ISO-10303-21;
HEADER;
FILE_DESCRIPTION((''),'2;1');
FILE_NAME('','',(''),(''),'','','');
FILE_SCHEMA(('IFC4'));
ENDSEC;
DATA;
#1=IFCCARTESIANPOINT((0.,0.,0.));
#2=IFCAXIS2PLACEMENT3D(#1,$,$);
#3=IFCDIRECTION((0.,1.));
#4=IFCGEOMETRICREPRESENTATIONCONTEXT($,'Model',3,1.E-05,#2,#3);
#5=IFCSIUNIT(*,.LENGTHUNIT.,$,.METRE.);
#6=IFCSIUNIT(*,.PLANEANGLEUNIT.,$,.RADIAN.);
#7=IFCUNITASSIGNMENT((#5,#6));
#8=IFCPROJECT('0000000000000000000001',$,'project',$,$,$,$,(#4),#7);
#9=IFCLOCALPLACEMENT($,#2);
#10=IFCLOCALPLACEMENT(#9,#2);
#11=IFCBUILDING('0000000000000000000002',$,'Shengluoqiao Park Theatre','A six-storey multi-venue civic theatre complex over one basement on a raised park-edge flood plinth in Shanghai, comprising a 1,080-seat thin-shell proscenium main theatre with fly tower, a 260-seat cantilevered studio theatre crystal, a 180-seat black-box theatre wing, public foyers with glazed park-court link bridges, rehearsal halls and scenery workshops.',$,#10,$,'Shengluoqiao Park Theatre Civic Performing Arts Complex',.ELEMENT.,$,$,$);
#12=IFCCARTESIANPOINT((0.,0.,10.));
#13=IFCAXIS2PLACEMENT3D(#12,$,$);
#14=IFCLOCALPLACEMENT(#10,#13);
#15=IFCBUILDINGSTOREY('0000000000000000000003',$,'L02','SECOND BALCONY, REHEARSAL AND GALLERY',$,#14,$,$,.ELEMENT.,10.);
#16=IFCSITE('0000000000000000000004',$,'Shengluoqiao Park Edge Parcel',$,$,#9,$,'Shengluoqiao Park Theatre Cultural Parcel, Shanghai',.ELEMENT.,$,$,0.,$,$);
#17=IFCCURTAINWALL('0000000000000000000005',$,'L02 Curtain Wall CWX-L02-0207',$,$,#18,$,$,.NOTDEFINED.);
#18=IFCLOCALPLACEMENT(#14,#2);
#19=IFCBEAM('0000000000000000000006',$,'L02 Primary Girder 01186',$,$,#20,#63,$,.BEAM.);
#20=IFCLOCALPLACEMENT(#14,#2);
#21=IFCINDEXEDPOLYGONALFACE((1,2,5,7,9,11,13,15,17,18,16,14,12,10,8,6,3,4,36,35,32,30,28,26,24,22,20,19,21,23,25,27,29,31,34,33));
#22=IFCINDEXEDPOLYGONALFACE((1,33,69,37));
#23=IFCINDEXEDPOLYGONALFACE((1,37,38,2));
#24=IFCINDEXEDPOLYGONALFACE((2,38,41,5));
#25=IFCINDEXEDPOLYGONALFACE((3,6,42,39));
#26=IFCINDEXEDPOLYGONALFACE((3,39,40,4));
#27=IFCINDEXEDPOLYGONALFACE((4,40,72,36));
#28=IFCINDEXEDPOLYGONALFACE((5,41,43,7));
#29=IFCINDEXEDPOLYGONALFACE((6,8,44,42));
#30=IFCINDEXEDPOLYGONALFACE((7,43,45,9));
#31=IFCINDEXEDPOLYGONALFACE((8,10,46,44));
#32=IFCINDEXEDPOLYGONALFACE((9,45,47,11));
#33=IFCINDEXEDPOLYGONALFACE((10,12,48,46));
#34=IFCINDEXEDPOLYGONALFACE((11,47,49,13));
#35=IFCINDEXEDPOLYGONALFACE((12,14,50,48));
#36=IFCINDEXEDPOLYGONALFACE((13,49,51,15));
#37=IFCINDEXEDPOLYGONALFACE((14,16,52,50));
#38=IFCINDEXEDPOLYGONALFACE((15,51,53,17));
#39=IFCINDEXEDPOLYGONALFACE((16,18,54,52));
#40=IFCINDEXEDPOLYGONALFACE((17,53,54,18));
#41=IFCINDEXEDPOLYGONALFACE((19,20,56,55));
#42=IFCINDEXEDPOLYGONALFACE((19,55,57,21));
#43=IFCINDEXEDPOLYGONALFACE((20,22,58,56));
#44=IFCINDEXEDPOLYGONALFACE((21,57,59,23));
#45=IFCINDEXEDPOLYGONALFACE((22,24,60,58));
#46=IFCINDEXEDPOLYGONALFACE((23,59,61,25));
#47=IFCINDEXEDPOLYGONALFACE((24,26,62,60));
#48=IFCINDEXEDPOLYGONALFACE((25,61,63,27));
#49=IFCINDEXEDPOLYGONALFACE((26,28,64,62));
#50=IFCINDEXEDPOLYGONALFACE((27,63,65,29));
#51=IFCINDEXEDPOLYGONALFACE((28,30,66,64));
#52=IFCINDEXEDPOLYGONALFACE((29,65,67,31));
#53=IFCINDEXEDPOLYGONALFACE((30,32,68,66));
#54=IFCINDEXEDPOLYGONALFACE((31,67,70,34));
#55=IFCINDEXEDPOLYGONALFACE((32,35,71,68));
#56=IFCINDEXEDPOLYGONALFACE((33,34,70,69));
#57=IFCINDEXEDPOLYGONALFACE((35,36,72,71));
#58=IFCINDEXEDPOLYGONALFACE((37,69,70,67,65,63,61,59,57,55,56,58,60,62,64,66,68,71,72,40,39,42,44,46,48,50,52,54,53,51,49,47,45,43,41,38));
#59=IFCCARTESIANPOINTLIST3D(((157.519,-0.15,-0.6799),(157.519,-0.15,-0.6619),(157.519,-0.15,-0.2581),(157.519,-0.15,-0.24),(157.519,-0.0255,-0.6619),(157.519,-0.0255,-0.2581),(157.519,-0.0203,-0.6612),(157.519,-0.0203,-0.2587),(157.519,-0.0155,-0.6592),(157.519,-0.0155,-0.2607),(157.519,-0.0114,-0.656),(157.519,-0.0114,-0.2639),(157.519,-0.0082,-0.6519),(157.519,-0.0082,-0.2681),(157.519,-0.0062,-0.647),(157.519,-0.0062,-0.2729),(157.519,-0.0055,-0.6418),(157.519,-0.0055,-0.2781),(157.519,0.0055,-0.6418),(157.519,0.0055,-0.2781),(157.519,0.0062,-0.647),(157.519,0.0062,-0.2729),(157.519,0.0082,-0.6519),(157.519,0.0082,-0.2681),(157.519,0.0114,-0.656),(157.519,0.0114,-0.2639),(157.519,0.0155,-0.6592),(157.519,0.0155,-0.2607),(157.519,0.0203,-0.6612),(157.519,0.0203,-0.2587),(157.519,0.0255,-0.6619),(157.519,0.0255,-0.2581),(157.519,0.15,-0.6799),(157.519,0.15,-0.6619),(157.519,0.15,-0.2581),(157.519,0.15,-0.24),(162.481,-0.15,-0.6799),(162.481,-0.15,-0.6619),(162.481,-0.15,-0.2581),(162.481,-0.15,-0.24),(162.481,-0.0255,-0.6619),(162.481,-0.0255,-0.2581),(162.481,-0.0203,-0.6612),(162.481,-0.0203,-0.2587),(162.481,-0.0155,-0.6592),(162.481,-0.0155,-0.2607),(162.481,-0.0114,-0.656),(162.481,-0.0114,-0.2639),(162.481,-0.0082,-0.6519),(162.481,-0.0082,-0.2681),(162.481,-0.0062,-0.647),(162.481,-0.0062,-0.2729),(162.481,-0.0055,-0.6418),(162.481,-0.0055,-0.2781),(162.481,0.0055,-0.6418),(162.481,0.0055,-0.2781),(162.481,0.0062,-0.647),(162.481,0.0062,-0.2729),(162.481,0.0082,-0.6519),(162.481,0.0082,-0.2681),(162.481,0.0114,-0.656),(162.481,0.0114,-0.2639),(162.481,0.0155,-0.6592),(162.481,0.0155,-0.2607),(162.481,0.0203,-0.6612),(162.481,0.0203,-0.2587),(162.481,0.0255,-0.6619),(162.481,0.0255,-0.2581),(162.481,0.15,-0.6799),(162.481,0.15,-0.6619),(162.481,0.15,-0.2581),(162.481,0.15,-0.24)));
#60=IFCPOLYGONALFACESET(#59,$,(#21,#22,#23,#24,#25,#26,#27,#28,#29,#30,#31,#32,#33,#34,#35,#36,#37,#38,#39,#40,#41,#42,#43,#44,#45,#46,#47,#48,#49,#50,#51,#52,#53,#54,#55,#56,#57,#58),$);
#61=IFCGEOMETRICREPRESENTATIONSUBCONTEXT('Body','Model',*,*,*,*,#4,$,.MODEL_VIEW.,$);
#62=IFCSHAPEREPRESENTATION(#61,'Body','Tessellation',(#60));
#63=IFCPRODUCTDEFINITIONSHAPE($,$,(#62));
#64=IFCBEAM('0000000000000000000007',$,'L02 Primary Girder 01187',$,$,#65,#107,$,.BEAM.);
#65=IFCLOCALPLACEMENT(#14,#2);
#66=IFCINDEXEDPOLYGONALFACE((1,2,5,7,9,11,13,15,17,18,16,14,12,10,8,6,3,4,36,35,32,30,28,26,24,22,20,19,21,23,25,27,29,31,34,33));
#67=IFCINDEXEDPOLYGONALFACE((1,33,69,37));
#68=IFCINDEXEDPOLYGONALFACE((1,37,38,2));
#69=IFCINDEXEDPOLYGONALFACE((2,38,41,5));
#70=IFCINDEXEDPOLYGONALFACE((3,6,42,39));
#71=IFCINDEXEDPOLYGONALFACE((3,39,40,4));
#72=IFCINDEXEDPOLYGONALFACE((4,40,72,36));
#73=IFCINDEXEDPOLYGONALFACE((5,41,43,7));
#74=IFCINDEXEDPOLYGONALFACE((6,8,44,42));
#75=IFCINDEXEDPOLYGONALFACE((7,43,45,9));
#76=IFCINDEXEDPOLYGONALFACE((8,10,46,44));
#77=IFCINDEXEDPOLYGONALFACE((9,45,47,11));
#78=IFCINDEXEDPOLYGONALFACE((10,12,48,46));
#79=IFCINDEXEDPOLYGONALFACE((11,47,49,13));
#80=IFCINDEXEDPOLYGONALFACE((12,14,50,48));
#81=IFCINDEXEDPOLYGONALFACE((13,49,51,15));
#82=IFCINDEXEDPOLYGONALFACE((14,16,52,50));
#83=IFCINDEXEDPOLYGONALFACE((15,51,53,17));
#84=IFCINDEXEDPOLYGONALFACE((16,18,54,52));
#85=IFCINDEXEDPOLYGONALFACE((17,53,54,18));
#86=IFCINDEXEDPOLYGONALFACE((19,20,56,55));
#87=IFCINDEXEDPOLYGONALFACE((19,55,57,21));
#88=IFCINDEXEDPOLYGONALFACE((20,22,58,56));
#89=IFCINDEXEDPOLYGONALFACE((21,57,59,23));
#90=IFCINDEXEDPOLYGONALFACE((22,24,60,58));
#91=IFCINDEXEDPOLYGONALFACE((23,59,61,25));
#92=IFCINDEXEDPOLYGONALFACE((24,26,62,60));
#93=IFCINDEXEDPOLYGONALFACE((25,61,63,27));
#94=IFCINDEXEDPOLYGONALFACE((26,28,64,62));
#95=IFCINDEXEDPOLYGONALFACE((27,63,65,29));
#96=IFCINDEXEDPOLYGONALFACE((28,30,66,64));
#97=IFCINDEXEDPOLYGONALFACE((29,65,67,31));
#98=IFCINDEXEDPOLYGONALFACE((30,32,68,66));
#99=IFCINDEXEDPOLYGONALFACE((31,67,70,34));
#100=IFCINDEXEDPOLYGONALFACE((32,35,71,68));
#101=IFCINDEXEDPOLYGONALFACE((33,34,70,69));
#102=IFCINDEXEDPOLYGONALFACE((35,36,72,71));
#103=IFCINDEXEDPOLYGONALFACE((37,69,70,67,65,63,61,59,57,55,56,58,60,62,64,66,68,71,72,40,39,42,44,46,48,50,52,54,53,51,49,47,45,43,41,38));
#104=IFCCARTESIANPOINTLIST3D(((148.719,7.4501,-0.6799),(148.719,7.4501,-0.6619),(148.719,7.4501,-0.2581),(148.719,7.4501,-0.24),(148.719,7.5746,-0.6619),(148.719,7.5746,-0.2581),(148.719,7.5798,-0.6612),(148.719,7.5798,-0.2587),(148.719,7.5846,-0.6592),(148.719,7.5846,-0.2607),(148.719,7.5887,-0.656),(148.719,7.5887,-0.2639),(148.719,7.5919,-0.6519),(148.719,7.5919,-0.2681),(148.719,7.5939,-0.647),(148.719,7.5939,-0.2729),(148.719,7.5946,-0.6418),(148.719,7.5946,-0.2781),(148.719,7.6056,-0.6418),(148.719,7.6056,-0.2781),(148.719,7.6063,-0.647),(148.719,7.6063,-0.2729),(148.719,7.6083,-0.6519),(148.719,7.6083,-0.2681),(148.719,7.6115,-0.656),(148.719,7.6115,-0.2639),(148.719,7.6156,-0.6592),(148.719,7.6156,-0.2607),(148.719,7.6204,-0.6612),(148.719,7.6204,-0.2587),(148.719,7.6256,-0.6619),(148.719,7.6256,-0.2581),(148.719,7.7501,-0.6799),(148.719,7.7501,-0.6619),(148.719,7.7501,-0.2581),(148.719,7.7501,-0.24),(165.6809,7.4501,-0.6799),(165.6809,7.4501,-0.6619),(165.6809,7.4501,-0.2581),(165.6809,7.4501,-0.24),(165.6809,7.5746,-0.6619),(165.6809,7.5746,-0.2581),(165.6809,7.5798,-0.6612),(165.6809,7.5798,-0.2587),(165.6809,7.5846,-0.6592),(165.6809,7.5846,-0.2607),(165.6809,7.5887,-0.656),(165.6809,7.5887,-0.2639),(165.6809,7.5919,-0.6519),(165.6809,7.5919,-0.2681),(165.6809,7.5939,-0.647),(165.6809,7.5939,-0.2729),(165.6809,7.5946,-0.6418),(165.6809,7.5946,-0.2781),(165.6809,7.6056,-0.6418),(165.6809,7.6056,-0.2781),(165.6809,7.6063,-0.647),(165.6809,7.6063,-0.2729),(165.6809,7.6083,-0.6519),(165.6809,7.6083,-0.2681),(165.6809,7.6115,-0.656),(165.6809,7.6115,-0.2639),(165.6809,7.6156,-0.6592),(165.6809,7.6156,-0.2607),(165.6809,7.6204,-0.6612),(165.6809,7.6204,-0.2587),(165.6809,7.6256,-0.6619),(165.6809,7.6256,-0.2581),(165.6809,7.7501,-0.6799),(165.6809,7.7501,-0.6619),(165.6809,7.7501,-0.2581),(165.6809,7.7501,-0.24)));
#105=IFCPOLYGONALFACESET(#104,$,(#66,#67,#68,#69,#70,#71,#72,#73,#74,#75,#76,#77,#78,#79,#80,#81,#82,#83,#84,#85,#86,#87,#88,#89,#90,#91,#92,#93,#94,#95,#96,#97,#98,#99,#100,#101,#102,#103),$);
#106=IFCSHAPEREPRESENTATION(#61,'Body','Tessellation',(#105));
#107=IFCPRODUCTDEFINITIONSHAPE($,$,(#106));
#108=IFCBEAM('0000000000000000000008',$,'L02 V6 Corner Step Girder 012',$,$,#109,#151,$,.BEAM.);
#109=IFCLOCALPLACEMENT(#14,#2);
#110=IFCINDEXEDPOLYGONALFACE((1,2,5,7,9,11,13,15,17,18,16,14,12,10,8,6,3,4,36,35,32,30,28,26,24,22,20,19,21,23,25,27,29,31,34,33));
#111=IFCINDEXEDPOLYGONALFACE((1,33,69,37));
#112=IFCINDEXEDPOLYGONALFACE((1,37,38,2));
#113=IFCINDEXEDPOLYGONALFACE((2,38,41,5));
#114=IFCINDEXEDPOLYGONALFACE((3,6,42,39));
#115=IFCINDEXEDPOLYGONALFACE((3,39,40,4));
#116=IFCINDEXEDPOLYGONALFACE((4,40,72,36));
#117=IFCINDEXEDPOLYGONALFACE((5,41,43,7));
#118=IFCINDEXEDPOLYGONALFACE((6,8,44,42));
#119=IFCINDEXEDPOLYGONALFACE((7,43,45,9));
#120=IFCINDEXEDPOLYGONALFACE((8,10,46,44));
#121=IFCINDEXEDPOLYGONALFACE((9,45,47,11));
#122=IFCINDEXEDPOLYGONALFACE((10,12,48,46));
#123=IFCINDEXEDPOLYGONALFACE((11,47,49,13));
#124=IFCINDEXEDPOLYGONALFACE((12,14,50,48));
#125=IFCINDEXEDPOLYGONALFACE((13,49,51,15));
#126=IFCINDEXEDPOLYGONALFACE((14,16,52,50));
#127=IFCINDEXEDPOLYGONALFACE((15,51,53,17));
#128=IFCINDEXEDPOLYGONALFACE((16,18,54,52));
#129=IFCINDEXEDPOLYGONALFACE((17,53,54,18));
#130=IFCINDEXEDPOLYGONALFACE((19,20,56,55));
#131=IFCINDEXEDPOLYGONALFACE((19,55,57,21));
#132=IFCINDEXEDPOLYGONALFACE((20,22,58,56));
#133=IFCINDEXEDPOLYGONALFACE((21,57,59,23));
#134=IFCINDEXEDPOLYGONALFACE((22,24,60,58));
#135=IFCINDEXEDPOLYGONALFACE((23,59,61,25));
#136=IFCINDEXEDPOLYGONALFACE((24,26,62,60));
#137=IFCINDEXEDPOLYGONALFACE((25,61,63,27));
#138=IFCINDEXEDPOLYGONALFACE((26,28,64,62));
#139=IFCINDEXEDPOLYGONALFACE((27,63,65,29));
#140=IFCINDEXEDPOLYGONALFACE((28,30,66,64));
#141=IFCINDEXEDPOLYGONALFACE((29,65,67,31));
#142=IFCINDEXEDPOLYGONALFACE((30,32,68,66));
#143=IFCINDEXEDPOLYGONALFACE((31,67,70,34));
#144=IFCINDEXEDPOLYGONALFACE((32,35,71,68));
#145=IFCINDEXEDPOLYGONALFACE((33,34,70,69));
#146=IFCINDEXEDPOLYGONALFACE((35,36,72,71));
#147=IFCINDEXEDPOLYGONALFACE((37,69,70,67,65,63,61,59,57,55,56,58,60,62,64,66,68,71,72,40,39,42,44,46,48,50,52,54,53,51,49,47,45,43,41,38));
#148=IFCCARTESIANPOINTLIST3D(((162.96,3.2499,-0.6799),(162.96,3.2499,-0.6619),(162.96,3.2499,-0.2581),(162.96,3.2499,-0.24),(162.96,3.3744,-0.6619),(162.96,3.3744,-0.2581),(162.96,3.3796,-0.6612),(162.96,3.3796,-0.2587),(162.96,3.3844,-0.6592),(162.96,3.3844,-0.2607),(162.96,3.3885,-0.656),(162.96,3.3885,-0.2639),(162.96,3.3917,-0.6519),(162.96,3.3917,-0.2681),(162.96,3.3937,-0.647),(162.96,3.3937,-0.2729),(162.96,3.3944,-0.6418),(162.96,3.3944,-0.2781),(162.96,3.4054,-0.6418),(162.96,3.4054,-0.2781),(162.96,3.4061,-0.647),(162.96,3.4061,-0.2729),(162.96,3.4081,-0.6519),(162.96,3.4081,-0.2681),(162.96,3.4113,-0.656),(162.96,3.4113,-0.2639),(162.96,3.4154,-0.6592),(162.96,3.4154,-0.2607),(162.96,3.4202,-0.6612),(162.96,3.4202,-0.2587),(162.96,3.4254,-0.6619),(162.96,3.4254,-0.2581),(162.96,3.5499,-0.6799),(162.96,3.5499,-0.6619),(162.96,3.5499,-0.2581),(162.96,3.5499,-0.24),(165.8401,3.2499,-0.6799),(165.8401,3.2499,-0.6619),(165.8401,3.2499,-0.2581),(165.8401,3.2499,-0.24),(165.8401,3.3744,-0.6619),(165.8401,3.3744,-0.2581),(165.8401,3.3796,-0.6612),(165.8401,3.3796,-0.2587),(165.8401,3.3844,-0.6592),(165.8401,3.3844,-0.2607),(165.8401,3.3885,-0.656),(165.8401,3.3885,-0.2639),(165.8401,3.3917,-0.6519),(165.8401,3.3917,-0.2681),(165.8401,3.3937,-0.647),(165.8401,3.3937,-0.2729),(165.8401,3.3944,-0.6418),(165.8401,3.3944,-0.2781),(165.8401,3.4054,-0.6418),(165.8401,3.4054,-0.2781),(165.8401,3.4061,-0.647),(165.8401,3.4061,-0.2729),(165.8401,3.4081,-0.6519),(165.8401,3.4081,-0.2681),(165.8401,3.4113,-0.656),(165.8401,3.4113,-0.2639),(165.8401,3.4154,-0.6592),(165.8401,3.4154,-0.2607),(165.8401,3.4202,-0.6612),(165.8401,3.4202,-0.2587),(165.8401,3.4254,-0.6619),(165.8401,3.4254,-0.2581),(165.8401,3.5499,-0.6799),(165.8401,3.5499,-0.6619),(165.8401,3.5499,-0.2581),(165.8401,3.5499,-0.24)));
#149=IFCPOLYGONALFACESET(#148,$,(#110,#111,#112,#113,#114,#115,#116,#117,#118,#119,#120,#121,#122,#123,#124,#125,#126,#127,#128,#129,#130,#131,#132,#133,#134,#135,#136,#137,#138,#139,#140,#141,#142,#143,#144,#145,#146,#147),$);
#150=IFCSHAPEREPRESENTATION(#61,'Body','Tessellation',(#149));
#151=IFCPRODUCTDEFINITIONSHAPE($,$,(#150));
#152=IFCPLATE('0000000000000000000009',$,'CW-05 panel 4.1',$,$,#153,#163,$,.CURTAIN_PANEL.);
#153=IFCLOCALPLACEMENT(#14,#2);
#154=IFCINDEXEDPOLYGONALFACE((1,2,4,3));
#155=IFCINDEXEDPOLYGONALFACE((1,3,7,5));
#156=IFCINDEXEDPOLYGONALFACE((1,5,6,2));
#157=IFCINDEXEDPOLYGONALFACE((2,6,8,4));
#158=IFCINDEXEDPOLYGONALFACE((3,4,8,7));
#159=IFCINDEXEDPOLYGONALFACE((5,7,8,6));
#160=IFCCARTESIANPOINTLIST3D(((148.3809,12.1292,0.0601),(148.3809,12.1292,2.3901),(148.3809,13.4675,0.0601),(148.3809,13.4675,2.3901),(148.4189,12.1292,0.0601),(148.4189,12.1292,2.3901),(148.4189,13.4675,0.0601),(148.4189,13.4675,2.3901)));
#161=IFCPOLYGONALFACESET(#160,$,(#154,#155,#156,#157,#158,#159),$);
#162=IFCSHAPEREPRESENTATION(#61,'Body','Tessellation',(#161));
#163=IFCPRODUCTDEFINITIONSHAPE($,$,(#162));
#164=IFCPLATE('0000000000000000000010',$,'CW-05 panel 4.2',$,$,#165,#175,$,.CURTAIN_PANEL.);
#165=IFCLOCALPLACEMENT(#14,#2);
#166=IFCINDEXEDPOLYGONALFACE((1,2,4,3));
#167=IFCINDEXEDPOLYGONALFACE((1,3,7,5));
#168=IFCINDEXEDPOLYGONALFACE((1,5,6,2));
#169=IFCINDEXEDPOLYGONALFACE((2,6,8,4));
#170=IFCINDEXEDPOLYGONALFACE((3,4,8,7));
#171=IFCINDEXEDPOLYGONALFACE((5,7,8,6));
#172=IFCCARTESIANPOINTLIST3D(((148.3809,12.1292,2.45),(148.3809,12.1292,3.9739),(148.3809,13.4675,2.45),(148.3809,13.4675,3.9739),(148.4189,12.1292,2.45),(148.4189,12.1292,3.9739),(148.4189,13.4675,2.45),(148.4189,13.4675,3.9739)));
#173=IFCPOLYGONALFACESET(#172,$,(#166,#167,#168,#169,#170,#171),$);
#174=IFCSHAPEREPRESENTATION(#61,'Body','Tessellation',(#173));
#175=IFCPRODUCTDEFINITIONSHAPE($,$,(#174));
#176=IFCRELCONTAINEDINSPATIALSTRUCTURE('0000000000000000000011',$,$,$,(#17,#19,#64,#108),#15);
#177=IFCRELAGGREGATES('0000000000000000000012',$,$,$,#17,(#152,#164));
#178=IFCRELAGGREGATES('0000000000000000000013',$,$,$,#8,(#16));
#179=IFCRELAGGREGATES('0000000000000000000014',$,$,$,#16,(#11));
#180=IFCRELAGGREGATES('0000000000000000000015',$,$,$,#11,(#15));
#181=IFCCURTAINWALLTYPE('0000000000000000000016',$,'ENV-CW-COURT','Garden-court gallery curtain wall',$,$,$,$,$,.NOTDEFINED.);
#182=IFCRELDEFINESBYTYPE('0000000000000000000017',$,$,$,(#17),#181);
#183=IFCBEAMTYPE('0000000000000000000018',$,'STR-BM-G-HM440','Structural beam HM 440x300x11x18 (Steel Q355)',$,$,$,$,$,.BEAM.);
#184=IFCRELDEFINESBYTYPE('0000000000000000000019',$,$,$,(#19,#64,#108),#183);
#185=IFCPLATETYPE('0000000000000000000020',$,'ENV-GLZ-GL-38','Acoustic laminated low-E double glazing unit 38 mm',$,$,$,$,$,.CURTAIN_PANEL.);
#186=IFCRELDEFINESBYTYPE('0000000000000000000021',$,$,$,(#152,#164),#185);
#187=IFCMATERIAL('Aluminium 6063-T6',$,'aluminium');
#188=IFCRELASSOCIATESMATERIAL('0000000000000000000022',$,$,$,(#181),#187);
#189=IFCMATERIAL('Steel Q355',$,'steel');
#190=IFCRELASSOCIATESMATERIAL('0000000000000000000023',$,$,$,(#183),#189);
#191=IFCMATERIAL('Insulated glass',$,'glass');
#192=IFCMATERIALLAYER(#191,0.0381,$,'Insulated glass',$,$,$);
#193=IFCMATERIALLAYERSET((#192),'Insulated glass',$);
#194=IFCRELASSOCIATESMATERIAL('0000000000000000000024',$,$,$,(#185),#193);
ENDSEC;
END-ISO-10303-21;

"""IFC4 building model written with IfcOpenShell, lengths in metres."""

from ifc_helpers import new_model, si_unit, direction, frame, origin, origin_2d, place, context, subcontext, project, spatial, rectangle, i_section, extrude, material, layer, layer_set, material_profile, profile_set, type_object, element, aggregate, save


model = new_model("IFC4")

# Units and contexts
model_context = context("Model", 3, precision=1e-05, world=origin(), true_north=direction((0.0, 1.0)))
body_context = subcontext(model_context, "Body", "Model", "MODEL_VIEW")
ifc_project = project(units=[si_unit("LENGTHUNIT", "METRE"), si_unit("PLANEANGLEUNIT", "RADIAN")], contexts=[model_context])

# Site, building, storey
site_placement = place(None, origin())
site = spatial("IfcSite", under=ifc_project, at=site_placement, Name="Shengluoqiao Park Edge Parcel", LongName="Shengluoqiao Park Theatre Cultural Parcel, Shanghai", CompositionType="ELEMENT", RefElevation=0.0)
building_placement = place(site_placement, origin())
building = spatial("IfcBuilding", under=site, at=building_placement, Name="Shengluoqiao Park Theatre", Description="A six-storey multi-venue civic theatre complex over one basement on a raised park-edge flood plinth in Shanghai, comprising a 1,080-seat thin-shell proscenium main theatre with fly tower, a 260-seat cantilevered studio theatre crystal, a 180-seat black-box theatre wing, public foyers with glazed park-court link bridges, rehearsal halls and scenery workshops.", LongName="Shengluoqiao Park Theatre Civic Performing Arts Complex", CompositionType="ELEMENT")
storey_placement = place(building_placement, frame((0.0, 0.0, 10.0)))
storey = spatial("IfcBuildingStorey", under=building, at=storey_placement, Name="L02", Description="SECOND BALCONY, REHEARSAL AND GALLERY", CompositionType="ELEMENT", Elevation=10.0)

# Curtain wall
ifc_material_1 = material(Name="Aluminium 6063-T6", Category="aluminium")
curtain_wall_type = type_object("IfcCurtainWallType", Name="ENV-CW-COURT", Description="Garden-court gallery curtain wall", PredefinedType="NOTDEFINED", material=ifc_material_1)
curtain_wall_placement = place(storey_placement, origin())
curtain_wall = element("IfcCurtainWall", 1, at=curtain_wall_placement, inside=storey, type_object=curtain_wall_type, Name="L02 Curtain Wall CWX-L02-0207", PredefinedType="NOTDEFINED")

# Beams
ifc_material_2 = material(Name="Steel Q355", Category="steel")
ifc_material_profile_1 = material_profile(ifc_material_2, i_section(OverallWidth=0.3, OverallDepth=0.4399, WebThickness=0.011, FlangeThickness=0.0181, FilletRadius=0.02, at=origin_2d()), Name="HM 440x300x11x18")
ifc_profile_set_1 = profile_set([ifc_material_profile_1], Name="Steel Q355")
beam_type_1 = type_object("IfcBeamType", Name="STR-BM-G-HM440", Description="Structural beam HM 440x300x11x18 (Steel Q355)", PredefinedType="BEAM", material=ifc_profile_set_1)
beam_1_placement = place(storey_placement, frame((157.519, 0.0, -0.46), z_axis=(1.0, 0.0, 0.0), x_axis=(0.0, 1.0, 0.0)))
element("IfcBeam", 2, at=beam_1_placement, inside=storey, type_object=beam_type_1, Name="L02 Primary Girder 01186", PredefinedType="BEAM", context=body_context, shape_type="SweptSolid", body=[
    extrude(i_section(OverallWidth=0.3, OverallDepth=0.4399, WebThickness=0.011, FlangeThickness=0.0181, FilletRadius=0.02, at=origin_2d()), origin(), (0.0, 0.0, 1.0), 4.9619),
])
beam_2_placement = place(storey_placement, frame((148.719, 7.6001, -0.46), z_axis=(1.0, 0.0, 0.0), x_axis=(0.0, 1.0, 0.0)))
element("IfcBeam", 3, at=beam_2_placement, inside=storey, type_object=beam_type_1, Name="L02 Primary Girder 01187", PredefinedType="BEAM", context=body_context, shape_type="SweptSolid", body=[
    extrude(i_section(OverallWidth=0.3, OverallDepth=0.4399, WebThickness=0.011, FlangeThickness=0.0181, FilletRadius=0.02, at=origin_2d()), origin(), (0.0, 0.0, 1.0), 16.9619),
])
beam_3_placement = place(storey_placement, frame((162.96, 3.3999, -0.46), z_axis=(1.0, 0.0, 0.0), x_axis=(0.0, 1.0, 0.0)))
element("IfcBeam", 4, at=beam_3_placement, inside=storey, type_object=beam_type_1, Name="L02 V6 Corner Step Girder 012", PredefinedType="BEAM", context=body_context, shape_type="SweptSolid", body=[
    extrude(i_section(OverallWidth=0.3, OverallDepth=0.4399, WebThickness=0.011, FlangeThickness=0.0181, FilletRadius=0.02, at=origin_2d()), origin(), (0.0, 0.0, 1.0), 2.8801),
])

# Plates
ifc_material_3 = material(Name="Insulated glass", Category="glass")
ifc_layer_1 = layer(ifc_material_3, 0.0381, Name="Insulated glass")
ifc_layer_set_1 = layer_set([ifc_layer_1], Name="Insulated glass")
plate_type = type_object("IfcPlateType", Name="ENV-GLZ-GL-38", Description="Acoustic laminated low-E double glazing unit 38 mm", PredefinedType="CURTAIN_PANEL", material=ifc_layer_set_1)
plate_1_placement = place(storey_placement, frame((148.3999, 12.7983, 0.0601), z_axis=(0.0, 0.0, 1.0), x_axis=(0.0, 1.0, 0.0)))
plate_1 = element("IfcPlate", 5, at=plate_1_placement, type_object=plate_type, Name="CW-05 panel 4.1", PredefinedType="CURTAIN_PANEL", context=body_context, shape_type="SweptSolid", body=[
    extrude(rectangle(XDim=1.3384, YDim=0.0381, at=origin_2d()), origin(), (0.0, 0.0, 1.0), 2.3301),
])
plate_2_placement = place(storey_placement, frame((148.3999, 12.7983, 2.45), z_axis=(0.0, 0.0, 1.0), x_axis=(0.0, 1.0, 0.0)))
plate_2 = element("IfcPlate", 6, at=plate_2_placement, type_object=plate_type, Name="CW-05 panel 4.2", PredefinedType="CURTAIN_PANEL", context=body_context, shape_type="SweptSolid", body=[
    extrude(rectangle(XDim=1.3384, YDim=0.0381, at=origin_2d()), origin(), (0.0, 0.0, 1.0), 1.5239),
])
aggregate(curtain_wall, [plate_1, plate_2])

save(model, "model.ifc")
